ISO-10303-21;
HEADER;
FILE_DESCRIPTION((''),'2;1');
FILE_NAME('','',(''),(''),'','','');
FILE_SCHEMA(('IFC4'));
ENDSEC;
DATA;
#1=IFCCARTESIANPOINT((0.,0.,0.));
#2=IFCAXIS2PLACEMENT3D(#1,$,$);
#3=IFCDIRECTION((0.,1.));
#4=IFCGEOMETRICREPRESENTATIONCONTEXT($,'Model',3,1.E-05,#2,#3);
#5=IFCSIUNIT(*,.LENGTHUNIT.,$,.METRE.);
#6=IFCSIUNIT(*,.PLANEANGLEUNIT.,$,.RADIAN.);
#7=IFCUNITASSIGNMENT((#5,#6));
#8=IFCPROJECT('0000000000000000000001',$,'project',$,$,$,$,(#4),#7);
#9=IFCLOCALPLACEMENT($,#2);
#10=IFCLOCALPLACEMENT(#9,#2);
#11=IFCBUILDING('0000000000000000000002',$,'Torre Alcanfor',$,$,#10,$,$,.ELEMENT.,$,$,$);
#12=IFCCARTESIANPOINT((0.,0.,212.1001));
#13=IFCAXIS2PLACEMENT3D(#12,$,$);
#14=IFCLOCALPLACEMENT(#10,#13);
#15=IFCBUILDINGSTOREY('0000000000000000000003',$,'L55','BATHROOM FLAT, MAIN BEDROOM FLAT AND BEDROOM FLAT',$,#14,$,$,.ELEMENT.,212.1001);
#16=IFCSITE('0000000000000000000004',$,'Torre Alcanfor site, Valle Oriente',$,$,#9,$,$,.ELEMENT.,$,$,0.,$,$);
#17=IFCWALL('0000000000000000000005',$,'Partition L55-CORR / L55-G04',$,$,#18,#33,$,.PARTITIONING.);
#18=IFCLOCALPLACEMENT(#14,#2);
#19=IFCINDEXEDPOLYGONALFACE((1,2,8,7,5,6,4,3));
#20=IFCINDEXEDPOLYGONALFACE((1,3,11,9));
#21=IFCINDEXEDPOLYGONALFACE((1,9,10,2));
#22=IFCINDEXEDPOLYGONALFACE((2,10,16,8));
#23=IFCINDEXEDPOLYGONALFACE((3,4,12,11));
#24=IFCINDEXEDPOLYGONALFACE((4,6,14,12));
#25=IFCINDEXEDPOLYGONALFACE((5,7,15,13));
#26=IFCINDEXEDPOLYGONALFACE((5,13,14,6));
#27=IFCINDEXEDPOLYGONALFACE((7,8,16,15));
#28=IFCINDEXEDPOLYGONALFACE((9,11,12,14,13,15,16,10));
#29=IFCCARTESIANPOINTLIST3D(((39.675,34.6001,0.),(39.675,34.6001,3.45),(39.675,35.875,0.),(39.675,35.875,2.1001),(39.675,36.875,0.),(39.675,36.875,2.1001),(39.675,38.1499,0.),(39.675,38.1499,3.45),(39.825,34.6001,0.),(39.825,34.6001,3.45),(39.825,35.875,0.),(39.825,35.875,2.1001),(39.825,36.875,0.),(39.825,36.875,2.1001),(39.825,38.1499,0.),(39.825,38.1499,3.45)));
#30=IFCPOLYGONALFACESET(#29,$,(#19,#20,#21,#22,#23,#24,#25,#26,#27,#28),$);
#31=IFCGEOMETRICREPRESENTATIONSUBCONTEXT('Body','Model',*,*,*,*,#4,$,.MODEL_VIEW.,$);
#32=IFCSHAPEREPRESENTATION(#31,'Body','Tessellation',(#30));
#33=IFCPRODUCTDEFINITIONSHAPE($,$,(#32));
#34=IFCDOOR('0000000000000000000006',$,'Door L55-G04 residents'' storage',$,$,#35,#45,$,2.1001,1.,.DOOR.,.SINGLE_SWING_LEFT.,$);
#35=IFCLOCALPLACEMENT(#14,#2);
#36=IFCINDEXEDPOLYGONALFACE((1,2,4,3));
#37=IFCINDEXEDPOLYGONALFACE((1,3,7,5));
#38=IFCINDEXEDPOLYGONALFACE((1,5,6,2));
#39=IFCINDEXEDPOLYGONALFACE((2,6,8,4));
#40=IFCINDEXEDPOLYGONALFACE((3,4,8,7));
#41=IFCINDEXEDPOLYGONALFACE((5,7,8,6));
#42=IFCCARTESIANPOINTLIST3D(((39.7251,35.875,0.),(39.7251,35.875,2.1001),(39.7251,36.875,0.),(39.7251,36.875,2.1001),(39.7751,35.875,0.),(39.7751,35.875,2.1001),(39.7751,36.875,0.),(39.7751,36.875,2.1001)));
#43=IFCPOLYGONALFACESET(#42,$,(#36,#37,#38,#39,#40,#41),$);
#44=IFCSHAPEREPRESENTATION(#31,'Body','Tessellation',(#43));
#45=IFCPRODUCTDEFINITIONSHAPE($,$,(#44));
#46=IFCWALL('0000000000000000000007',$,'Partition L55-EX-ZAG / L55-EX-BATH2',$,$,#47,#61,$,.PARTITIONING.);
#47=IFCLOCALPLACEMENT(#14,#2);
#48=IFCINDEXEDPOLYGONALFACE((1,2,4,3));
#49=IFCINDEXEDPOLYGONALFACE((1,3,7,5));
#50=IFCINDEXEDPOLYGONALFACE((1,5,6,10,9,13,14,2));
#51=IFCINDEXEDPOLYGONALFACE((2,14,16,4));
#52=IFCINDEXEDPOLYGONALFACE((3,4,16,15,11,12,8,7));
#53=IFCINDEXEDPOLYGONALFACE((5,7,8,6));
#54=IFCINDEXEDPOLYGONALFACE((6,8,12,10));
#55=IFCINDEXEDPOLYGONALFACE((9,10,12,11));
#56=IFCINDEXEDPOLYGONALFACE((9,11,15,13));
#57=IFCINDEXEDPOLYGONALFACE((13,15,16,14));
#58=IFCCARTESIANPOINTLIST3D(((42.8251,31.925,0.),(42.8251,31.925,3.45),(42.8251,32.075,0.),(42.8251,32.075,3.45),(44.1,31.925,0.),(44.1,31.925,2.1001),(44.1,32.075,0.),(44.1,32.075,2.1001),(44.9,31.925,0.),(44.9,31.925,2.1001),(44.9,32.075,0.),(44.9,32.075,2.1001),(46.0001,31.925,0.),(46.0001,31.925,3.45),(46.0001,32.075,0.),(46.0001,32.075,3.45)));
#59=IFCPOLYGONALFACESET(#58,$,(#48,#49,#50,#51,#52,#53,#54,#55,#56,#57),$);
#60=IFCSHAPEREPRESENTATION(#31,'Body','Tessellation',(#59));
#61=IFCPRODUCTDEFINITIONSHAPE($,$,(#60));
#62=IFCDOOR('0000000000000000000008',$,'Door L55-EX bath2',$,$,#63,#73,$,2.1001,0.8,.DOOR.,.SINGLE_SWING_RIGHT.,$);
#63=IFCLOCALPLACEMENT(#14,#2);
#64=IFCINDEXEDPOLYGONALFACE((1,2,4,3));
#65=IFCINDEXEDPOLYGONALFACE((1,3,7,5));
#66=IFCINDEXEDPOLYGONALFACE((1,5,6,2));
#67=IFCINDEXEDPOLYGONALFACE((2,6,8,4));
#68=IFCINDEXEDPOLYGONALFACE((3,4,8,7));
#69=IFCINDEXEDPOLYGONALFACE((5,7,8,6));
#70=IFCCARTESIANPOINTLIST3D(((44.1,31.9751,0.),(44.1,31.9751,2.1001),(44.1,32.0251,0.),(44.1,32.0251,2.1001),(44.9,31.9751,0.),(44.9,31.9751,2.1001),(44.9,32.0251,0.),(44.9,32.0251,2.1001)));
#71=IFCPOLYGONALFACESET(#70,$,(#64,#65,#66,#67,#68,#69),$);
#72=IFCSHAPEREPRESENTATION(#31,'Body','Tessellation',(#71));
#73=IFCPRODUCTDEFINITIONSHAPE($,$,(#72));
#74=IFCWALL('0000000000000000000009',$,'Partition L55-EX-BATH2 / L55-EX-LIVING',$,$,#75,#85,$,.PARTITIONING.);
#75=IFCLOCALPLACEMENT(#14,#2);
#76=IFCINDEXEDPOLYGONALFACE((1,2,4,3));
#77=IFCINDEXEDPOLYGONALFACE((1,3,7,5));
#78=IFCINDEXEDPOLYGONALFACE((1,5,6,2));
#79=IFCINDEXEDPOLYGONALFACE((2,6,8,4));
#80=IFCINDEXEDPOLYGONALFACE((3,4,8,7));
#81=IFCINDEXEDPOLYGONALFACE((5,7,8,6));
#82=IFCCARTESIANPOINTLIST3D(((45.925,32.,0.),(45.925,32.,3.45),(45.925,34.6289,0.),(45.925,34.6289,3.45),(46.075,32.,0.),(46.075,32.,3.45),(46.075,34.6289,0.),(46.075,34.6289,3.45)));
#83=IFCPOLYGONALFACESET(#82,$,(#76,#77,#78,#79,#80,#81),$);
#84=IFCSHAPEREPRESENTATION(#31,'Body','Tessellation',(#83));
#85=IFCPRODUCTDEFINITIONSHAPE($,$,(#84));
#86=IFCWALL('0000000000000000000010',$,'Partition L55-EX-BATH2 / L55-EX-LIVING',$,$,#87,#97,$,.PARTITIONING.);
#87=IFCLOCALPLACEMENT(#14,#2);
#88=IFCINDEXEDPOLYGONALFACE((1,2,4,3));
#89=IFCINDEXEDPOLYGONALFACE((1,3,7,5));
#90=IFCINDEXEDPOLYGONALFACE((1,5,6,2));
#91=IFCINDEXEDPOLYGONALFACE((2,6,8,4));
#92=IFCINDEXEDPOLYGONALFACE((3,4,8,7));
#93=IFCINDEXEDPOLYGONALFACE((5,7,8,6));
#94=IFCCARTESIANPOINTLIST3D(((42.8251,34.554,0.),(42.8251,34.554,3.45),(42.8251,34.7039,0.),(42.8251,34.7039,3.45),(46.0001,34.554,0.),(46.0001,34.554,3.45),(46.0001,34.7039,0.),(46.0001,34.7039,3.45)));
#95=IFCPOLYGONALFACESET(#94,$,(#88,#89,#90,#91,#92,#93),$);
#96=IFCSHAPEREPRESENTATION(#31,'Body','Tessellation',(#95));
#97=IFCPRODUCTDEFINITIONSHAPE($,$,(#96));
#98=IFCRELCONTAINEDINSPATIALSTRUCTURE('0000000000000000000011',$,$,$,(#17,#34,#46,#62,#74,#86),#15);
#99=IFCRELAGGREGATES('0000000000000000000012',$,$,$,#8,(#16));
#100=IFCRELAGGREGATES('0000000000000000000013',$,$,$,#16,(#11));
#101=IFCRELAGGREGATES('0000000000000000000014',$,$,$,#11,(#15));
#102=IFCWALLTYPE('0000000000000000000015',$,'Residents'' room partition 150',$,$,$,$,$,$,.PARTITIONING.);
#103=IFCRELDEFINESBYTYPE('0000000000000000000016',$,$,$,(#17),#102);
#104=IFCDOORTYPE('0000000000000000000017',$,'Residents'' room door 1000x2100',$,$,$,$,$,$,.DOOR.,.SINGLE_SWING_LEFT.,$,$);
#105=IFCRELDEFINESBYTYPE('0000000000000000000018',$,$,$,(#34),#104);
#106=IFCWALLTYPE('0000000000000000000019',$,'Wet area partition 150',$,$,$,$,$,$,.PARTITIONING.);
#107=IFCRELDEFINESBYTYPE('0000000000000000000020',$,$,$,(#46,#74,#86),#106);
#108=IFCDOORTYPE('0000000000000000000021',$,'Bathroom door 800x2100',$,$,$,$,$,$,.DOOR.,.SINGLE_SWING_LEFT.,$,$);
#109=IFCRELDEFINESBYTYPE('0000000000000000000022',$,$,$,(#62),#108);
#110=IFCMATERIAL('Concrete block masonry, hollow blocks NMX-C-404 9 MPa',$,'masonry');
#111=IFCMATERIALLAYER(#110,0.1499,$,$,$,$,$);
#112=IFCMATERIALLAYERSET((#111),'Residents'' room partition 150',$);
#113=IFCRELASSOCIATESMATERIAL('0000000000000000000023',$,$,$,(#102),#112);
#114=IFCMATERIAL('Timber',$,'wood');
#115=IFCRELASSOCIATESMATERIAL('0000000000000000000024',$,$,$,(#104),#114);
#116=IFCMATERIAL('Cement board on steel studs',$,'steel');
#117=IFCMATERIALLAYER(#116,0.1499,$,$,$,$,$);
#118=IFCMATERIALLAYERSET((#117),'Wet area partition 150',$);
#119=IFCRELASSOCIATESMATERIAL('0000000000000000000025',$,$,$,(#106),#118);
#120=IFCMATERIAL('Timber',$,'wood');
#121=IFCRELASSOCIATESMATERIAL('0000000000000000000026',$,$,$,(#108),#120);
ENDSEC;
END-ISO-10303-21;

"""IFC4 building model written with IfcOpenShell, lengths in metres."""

from ifc_helpers import new_model, si_unit, direction, frame, frame_2d, origin, place, context, subcontext, project, spatial, rectangle, extrude, material, layer, layer_set, type_object, element, fill, save


model = new_model("IFC4")

# Units and contexts
model_context = context("Model", 3, precision=1e-05, world=origin(), true_north=direction((0.0, 1.0)))
body_context = subcontext(model_context, "Body", "Model", "MODEL_VIEW")
ifc_project = project(units=[si_unit("LENGTHUNIT", "METRE"), si_unit("PLANEANGLEUNIT", "RADIAN")], contexts=[model_context])

# Site, building, storey
site_placement = place(None, origin())
site = spatial("IfcSite", under=ifc_project, at=site_placement, Name="Torre Alcanfor site, Valle Oriente", CompositionType="ELEMENT", RefElevation=0.0)
building_placement = place(site_placement, origin())
building = spatial("IfcBuilding", under=site, at=building_placement, Name="Torre Alcanfor", CompositionType="ELEMENT")
storey_placement = place(building_placement, frame((0.0, 0.0, 212.1001)))
storey = spatial("IfcBuildingStorey", under=building, at=storey_placement, Name="L55", Description="BATHROOM FLAT, MAIN BEDROOM FLAT AND BEDROOM FLAT", CompositionType="ELEMENT", Elevation=212.1001)

# Shared definitions
ifc_material_1 = material(Name="Concrete block masonry, hollow blocks NMX-C-404 9 MPa", Category="masonry")
ifc_layer_1 = layer(ifc_material_1, 0.1499)
ifc_layer_set_1 = layer_set([ifc_layer_1], Name="Residents' room partition 150")
wall_type_1 = type_object("IfcWallType", Name="Residents' room partition 150", PredefinedType="PARTITIONING", material=ifc_layer_set_1)

# Walls, openings, doors
wall_1_placement = place(storey_placement, frame((39.75, 34.6001, 0.0), z_axis=(0.0, 0.0, 1.0), x_axis=(0.0, 1.0, 0.0)))
wall_1 = element("IfcWall", 1, at=wall_1_placement, inside=storey, type_object=wall_type_1, Name="Partition L55-CORR / L55-G04", PredefinedType="PARTITIONING", context=body_context, shape_type="SweptSolid", body=[
    extrude(rectangle(XDim=3.5498, YDim=0.1499, at=frame_2d((1.7749, 0.0))), origin(), (0.0, 0.0, 1.0), 3.45),
])
opening_1_placement = place(wall_1_placement, frame((1.2749, 0.0, 0.0)))
opening_1 = element("IfcOpeningElement", 2, at=opening_1_placement, cuts=wall_1, PredefinedType="OPENING", context=body_context, shape_type="SweptSolid", body=[
    extrude(rectangle(XDim=1.0, YDim=2.1001, at=frame_2d((0.5, 1.05))), frame((0.0, 0.085, 0.0), z_axis=(0.0, -1.0, 0.0), x_axis=(1.0, 0.0, 0.0)), (0.0, 0.0, 1.0), 0.1699),
])
ifc_material_2 = material(Name="Timber", Category="wood")
door_type_1 = type_object("IfcDoorType", Name="Residents' room door 1000x2100", OperationType="SINGLE_SWING_LEFT", PredefinedType="DOOR", material=ifc_material_2)
door_1_placement = place(opening_1_placement, origin())
door_1 = element("IfcDoor", 3, at=door_1_placement, inside=storey, type_object=door_type_1, Name="Door L55-G04 residents' storage", OperationType="SINGLE_SWING_LEFT", OverallHeight=2.1001, OverallWidth=1.0, PredefinedType="DOOR", context=body_context, shape_type="SweptSolid", body=[
    extrude(rectangle(XDim=1.0, YDim=2.1001, at=frame_2d((0.5, 1.05))), frame((0.0, 0.0249, 0.0), z_axis=(0.0, -1.0, 0.0), x_axis=(1.0, 0.0, 0.0)), (0.0, 0.0, 1.0), 0.05),
])
fill(opening_1, door_1)
ifc_material_3 = material(Name="Cement board on steel studs", Category="steel")
ifc_layer_2 = layer(ifc_material_3, 0.1499)
ifc_layer_set_2 = layer_set([ifc_layer_2], Name="Wet area partition 150")
wall_type_2 = type_object("IfcWallType", Name="Wet area partition 150", PredefinedType="PARTITIONING", material=ifc_layer_set_2)
wall_2_placement = place(storey_placement, frame((46.0, 32.0, 0.0), z_axis=(0.0, 0.0, 1.0), x_axis=(-1.0, 0.0, 0.0)))
wall_2 = element("IfcWall", 4, at=wall_2_placement, inside=storey, type_object=wall_type_2, Name="Partition L55-EX-ZAG / L55-EX-BATH2", PredefinedType="PARTITIONING", context=body_context, shape_type="SweptSolid", body=[
    extrude(rectangle(XDim=3.175, YDim=0.1499, at=frame_2d((1.5874, 0.0))), origin(), (0.0, 0.0, 1.0), 3.45),
])
opening_2_placement = place(wall_2_placement, frame((1.1001, 0.0, 0.0)))
opening_2 = element("IfcOpeningElement", 5, at=opening_2_placement, cuts=wall_2, PredefinedType="OPENING", context=body_context, shape_type="SweptSolid", body=[
    extrude(rectangle(XDim=0.8, YDim=2.1001, at=frame_2d((0.3999, 1.05))), frame((0.0, 0.085, 0.0), z_axis=(0.0, -1.0, 0.0), x_axis=(1.0, 0.0, 0.0)), (0.0, 0.0, 1.0), 0.1699),
])
ifc_material_4 = material(Name="Timber", Category="wood")
door_type_2 = type_object("IfcDoorType", Name="Bathroom door 800x2100", OperationType="SINGLE_SWING_LEFT", PredefinedType="DOOR", material=ifc_material_4)
door_2_placement = place(opening_2_placement, frame((0.8, 0.0, 0.0), z_axis=(0.0, 0.0, 1.0), x_axis=(-1.0, 0.0, 0.0)))
door_2 = element("IfcDoor", 6, at=door_2_placement, inside=storey, type_object=door_type_2, Name="Door L55-EX bath2", OperationType="SINGLE_SWING_RIGHT", OverallHeight=2.1001, OverallWidth=0.8, PredefinedType="DOOR", context=body_context, shape_type="SweptSolid", body=[
    extrude(rectangle(XDim=0.8, YDim=2.1001, at=frame_2d((0.4001, 1.05))), frame((0.0, 0.0251, 0.0), z_axis=(0.0, -1.0, 0.0), x_axis=(1.0, 0.0, 0.0)), (0.0, 0.0, 1.0), 0.05),
])
fill(opening_2, door_2)

# Walls
wall_3_placement = place(storey_placement, frame((46.0, 32.0, 0.0), z_axis=(0.0, 0.0, 1.0), x_axis=(0.0, 1.0, 0.0)))
element("IfcWall", 7, at=wall_3_placement, inside=storey, type_object=wall_type_2, Name="Partition L55-EX-BATH2 / L55-EX-LIVING", PredefinedType="PARTITIONING", context=body_context, shape_type="SweptSolid", body=[
    extrude(rectangle(XDim=2.6289, YDim=0.1499, at=frame_2d((1.3145, 0.0))), origin(), (0.0, 0.0, 1.0), 3.45),
])
wall_4_placement = place(storey_placement, frame((46.0, 34.6289, 0.0), z_axis=(0.0, 0.0, 1.0), x_axis=(-1.0, 0.0, 0.0)))
element("IfcWall", 8, at=wall_4_placement, inside=storey, type_object=wall_type_2, Name="Partition L55-EX-BATH2 / L55-EX-LIVING", PredefinedType="PARTITIONING", context=body_context, shape_type="SweptSolid", body=[
    extrude(rectangle(XDim=3.175, YDim=0.1499, at=frame_2d((1.5874, 0.0))), origin(), (0.0, 0.0, 1.0), 3.45),
])

save(model, "model.ifc")
